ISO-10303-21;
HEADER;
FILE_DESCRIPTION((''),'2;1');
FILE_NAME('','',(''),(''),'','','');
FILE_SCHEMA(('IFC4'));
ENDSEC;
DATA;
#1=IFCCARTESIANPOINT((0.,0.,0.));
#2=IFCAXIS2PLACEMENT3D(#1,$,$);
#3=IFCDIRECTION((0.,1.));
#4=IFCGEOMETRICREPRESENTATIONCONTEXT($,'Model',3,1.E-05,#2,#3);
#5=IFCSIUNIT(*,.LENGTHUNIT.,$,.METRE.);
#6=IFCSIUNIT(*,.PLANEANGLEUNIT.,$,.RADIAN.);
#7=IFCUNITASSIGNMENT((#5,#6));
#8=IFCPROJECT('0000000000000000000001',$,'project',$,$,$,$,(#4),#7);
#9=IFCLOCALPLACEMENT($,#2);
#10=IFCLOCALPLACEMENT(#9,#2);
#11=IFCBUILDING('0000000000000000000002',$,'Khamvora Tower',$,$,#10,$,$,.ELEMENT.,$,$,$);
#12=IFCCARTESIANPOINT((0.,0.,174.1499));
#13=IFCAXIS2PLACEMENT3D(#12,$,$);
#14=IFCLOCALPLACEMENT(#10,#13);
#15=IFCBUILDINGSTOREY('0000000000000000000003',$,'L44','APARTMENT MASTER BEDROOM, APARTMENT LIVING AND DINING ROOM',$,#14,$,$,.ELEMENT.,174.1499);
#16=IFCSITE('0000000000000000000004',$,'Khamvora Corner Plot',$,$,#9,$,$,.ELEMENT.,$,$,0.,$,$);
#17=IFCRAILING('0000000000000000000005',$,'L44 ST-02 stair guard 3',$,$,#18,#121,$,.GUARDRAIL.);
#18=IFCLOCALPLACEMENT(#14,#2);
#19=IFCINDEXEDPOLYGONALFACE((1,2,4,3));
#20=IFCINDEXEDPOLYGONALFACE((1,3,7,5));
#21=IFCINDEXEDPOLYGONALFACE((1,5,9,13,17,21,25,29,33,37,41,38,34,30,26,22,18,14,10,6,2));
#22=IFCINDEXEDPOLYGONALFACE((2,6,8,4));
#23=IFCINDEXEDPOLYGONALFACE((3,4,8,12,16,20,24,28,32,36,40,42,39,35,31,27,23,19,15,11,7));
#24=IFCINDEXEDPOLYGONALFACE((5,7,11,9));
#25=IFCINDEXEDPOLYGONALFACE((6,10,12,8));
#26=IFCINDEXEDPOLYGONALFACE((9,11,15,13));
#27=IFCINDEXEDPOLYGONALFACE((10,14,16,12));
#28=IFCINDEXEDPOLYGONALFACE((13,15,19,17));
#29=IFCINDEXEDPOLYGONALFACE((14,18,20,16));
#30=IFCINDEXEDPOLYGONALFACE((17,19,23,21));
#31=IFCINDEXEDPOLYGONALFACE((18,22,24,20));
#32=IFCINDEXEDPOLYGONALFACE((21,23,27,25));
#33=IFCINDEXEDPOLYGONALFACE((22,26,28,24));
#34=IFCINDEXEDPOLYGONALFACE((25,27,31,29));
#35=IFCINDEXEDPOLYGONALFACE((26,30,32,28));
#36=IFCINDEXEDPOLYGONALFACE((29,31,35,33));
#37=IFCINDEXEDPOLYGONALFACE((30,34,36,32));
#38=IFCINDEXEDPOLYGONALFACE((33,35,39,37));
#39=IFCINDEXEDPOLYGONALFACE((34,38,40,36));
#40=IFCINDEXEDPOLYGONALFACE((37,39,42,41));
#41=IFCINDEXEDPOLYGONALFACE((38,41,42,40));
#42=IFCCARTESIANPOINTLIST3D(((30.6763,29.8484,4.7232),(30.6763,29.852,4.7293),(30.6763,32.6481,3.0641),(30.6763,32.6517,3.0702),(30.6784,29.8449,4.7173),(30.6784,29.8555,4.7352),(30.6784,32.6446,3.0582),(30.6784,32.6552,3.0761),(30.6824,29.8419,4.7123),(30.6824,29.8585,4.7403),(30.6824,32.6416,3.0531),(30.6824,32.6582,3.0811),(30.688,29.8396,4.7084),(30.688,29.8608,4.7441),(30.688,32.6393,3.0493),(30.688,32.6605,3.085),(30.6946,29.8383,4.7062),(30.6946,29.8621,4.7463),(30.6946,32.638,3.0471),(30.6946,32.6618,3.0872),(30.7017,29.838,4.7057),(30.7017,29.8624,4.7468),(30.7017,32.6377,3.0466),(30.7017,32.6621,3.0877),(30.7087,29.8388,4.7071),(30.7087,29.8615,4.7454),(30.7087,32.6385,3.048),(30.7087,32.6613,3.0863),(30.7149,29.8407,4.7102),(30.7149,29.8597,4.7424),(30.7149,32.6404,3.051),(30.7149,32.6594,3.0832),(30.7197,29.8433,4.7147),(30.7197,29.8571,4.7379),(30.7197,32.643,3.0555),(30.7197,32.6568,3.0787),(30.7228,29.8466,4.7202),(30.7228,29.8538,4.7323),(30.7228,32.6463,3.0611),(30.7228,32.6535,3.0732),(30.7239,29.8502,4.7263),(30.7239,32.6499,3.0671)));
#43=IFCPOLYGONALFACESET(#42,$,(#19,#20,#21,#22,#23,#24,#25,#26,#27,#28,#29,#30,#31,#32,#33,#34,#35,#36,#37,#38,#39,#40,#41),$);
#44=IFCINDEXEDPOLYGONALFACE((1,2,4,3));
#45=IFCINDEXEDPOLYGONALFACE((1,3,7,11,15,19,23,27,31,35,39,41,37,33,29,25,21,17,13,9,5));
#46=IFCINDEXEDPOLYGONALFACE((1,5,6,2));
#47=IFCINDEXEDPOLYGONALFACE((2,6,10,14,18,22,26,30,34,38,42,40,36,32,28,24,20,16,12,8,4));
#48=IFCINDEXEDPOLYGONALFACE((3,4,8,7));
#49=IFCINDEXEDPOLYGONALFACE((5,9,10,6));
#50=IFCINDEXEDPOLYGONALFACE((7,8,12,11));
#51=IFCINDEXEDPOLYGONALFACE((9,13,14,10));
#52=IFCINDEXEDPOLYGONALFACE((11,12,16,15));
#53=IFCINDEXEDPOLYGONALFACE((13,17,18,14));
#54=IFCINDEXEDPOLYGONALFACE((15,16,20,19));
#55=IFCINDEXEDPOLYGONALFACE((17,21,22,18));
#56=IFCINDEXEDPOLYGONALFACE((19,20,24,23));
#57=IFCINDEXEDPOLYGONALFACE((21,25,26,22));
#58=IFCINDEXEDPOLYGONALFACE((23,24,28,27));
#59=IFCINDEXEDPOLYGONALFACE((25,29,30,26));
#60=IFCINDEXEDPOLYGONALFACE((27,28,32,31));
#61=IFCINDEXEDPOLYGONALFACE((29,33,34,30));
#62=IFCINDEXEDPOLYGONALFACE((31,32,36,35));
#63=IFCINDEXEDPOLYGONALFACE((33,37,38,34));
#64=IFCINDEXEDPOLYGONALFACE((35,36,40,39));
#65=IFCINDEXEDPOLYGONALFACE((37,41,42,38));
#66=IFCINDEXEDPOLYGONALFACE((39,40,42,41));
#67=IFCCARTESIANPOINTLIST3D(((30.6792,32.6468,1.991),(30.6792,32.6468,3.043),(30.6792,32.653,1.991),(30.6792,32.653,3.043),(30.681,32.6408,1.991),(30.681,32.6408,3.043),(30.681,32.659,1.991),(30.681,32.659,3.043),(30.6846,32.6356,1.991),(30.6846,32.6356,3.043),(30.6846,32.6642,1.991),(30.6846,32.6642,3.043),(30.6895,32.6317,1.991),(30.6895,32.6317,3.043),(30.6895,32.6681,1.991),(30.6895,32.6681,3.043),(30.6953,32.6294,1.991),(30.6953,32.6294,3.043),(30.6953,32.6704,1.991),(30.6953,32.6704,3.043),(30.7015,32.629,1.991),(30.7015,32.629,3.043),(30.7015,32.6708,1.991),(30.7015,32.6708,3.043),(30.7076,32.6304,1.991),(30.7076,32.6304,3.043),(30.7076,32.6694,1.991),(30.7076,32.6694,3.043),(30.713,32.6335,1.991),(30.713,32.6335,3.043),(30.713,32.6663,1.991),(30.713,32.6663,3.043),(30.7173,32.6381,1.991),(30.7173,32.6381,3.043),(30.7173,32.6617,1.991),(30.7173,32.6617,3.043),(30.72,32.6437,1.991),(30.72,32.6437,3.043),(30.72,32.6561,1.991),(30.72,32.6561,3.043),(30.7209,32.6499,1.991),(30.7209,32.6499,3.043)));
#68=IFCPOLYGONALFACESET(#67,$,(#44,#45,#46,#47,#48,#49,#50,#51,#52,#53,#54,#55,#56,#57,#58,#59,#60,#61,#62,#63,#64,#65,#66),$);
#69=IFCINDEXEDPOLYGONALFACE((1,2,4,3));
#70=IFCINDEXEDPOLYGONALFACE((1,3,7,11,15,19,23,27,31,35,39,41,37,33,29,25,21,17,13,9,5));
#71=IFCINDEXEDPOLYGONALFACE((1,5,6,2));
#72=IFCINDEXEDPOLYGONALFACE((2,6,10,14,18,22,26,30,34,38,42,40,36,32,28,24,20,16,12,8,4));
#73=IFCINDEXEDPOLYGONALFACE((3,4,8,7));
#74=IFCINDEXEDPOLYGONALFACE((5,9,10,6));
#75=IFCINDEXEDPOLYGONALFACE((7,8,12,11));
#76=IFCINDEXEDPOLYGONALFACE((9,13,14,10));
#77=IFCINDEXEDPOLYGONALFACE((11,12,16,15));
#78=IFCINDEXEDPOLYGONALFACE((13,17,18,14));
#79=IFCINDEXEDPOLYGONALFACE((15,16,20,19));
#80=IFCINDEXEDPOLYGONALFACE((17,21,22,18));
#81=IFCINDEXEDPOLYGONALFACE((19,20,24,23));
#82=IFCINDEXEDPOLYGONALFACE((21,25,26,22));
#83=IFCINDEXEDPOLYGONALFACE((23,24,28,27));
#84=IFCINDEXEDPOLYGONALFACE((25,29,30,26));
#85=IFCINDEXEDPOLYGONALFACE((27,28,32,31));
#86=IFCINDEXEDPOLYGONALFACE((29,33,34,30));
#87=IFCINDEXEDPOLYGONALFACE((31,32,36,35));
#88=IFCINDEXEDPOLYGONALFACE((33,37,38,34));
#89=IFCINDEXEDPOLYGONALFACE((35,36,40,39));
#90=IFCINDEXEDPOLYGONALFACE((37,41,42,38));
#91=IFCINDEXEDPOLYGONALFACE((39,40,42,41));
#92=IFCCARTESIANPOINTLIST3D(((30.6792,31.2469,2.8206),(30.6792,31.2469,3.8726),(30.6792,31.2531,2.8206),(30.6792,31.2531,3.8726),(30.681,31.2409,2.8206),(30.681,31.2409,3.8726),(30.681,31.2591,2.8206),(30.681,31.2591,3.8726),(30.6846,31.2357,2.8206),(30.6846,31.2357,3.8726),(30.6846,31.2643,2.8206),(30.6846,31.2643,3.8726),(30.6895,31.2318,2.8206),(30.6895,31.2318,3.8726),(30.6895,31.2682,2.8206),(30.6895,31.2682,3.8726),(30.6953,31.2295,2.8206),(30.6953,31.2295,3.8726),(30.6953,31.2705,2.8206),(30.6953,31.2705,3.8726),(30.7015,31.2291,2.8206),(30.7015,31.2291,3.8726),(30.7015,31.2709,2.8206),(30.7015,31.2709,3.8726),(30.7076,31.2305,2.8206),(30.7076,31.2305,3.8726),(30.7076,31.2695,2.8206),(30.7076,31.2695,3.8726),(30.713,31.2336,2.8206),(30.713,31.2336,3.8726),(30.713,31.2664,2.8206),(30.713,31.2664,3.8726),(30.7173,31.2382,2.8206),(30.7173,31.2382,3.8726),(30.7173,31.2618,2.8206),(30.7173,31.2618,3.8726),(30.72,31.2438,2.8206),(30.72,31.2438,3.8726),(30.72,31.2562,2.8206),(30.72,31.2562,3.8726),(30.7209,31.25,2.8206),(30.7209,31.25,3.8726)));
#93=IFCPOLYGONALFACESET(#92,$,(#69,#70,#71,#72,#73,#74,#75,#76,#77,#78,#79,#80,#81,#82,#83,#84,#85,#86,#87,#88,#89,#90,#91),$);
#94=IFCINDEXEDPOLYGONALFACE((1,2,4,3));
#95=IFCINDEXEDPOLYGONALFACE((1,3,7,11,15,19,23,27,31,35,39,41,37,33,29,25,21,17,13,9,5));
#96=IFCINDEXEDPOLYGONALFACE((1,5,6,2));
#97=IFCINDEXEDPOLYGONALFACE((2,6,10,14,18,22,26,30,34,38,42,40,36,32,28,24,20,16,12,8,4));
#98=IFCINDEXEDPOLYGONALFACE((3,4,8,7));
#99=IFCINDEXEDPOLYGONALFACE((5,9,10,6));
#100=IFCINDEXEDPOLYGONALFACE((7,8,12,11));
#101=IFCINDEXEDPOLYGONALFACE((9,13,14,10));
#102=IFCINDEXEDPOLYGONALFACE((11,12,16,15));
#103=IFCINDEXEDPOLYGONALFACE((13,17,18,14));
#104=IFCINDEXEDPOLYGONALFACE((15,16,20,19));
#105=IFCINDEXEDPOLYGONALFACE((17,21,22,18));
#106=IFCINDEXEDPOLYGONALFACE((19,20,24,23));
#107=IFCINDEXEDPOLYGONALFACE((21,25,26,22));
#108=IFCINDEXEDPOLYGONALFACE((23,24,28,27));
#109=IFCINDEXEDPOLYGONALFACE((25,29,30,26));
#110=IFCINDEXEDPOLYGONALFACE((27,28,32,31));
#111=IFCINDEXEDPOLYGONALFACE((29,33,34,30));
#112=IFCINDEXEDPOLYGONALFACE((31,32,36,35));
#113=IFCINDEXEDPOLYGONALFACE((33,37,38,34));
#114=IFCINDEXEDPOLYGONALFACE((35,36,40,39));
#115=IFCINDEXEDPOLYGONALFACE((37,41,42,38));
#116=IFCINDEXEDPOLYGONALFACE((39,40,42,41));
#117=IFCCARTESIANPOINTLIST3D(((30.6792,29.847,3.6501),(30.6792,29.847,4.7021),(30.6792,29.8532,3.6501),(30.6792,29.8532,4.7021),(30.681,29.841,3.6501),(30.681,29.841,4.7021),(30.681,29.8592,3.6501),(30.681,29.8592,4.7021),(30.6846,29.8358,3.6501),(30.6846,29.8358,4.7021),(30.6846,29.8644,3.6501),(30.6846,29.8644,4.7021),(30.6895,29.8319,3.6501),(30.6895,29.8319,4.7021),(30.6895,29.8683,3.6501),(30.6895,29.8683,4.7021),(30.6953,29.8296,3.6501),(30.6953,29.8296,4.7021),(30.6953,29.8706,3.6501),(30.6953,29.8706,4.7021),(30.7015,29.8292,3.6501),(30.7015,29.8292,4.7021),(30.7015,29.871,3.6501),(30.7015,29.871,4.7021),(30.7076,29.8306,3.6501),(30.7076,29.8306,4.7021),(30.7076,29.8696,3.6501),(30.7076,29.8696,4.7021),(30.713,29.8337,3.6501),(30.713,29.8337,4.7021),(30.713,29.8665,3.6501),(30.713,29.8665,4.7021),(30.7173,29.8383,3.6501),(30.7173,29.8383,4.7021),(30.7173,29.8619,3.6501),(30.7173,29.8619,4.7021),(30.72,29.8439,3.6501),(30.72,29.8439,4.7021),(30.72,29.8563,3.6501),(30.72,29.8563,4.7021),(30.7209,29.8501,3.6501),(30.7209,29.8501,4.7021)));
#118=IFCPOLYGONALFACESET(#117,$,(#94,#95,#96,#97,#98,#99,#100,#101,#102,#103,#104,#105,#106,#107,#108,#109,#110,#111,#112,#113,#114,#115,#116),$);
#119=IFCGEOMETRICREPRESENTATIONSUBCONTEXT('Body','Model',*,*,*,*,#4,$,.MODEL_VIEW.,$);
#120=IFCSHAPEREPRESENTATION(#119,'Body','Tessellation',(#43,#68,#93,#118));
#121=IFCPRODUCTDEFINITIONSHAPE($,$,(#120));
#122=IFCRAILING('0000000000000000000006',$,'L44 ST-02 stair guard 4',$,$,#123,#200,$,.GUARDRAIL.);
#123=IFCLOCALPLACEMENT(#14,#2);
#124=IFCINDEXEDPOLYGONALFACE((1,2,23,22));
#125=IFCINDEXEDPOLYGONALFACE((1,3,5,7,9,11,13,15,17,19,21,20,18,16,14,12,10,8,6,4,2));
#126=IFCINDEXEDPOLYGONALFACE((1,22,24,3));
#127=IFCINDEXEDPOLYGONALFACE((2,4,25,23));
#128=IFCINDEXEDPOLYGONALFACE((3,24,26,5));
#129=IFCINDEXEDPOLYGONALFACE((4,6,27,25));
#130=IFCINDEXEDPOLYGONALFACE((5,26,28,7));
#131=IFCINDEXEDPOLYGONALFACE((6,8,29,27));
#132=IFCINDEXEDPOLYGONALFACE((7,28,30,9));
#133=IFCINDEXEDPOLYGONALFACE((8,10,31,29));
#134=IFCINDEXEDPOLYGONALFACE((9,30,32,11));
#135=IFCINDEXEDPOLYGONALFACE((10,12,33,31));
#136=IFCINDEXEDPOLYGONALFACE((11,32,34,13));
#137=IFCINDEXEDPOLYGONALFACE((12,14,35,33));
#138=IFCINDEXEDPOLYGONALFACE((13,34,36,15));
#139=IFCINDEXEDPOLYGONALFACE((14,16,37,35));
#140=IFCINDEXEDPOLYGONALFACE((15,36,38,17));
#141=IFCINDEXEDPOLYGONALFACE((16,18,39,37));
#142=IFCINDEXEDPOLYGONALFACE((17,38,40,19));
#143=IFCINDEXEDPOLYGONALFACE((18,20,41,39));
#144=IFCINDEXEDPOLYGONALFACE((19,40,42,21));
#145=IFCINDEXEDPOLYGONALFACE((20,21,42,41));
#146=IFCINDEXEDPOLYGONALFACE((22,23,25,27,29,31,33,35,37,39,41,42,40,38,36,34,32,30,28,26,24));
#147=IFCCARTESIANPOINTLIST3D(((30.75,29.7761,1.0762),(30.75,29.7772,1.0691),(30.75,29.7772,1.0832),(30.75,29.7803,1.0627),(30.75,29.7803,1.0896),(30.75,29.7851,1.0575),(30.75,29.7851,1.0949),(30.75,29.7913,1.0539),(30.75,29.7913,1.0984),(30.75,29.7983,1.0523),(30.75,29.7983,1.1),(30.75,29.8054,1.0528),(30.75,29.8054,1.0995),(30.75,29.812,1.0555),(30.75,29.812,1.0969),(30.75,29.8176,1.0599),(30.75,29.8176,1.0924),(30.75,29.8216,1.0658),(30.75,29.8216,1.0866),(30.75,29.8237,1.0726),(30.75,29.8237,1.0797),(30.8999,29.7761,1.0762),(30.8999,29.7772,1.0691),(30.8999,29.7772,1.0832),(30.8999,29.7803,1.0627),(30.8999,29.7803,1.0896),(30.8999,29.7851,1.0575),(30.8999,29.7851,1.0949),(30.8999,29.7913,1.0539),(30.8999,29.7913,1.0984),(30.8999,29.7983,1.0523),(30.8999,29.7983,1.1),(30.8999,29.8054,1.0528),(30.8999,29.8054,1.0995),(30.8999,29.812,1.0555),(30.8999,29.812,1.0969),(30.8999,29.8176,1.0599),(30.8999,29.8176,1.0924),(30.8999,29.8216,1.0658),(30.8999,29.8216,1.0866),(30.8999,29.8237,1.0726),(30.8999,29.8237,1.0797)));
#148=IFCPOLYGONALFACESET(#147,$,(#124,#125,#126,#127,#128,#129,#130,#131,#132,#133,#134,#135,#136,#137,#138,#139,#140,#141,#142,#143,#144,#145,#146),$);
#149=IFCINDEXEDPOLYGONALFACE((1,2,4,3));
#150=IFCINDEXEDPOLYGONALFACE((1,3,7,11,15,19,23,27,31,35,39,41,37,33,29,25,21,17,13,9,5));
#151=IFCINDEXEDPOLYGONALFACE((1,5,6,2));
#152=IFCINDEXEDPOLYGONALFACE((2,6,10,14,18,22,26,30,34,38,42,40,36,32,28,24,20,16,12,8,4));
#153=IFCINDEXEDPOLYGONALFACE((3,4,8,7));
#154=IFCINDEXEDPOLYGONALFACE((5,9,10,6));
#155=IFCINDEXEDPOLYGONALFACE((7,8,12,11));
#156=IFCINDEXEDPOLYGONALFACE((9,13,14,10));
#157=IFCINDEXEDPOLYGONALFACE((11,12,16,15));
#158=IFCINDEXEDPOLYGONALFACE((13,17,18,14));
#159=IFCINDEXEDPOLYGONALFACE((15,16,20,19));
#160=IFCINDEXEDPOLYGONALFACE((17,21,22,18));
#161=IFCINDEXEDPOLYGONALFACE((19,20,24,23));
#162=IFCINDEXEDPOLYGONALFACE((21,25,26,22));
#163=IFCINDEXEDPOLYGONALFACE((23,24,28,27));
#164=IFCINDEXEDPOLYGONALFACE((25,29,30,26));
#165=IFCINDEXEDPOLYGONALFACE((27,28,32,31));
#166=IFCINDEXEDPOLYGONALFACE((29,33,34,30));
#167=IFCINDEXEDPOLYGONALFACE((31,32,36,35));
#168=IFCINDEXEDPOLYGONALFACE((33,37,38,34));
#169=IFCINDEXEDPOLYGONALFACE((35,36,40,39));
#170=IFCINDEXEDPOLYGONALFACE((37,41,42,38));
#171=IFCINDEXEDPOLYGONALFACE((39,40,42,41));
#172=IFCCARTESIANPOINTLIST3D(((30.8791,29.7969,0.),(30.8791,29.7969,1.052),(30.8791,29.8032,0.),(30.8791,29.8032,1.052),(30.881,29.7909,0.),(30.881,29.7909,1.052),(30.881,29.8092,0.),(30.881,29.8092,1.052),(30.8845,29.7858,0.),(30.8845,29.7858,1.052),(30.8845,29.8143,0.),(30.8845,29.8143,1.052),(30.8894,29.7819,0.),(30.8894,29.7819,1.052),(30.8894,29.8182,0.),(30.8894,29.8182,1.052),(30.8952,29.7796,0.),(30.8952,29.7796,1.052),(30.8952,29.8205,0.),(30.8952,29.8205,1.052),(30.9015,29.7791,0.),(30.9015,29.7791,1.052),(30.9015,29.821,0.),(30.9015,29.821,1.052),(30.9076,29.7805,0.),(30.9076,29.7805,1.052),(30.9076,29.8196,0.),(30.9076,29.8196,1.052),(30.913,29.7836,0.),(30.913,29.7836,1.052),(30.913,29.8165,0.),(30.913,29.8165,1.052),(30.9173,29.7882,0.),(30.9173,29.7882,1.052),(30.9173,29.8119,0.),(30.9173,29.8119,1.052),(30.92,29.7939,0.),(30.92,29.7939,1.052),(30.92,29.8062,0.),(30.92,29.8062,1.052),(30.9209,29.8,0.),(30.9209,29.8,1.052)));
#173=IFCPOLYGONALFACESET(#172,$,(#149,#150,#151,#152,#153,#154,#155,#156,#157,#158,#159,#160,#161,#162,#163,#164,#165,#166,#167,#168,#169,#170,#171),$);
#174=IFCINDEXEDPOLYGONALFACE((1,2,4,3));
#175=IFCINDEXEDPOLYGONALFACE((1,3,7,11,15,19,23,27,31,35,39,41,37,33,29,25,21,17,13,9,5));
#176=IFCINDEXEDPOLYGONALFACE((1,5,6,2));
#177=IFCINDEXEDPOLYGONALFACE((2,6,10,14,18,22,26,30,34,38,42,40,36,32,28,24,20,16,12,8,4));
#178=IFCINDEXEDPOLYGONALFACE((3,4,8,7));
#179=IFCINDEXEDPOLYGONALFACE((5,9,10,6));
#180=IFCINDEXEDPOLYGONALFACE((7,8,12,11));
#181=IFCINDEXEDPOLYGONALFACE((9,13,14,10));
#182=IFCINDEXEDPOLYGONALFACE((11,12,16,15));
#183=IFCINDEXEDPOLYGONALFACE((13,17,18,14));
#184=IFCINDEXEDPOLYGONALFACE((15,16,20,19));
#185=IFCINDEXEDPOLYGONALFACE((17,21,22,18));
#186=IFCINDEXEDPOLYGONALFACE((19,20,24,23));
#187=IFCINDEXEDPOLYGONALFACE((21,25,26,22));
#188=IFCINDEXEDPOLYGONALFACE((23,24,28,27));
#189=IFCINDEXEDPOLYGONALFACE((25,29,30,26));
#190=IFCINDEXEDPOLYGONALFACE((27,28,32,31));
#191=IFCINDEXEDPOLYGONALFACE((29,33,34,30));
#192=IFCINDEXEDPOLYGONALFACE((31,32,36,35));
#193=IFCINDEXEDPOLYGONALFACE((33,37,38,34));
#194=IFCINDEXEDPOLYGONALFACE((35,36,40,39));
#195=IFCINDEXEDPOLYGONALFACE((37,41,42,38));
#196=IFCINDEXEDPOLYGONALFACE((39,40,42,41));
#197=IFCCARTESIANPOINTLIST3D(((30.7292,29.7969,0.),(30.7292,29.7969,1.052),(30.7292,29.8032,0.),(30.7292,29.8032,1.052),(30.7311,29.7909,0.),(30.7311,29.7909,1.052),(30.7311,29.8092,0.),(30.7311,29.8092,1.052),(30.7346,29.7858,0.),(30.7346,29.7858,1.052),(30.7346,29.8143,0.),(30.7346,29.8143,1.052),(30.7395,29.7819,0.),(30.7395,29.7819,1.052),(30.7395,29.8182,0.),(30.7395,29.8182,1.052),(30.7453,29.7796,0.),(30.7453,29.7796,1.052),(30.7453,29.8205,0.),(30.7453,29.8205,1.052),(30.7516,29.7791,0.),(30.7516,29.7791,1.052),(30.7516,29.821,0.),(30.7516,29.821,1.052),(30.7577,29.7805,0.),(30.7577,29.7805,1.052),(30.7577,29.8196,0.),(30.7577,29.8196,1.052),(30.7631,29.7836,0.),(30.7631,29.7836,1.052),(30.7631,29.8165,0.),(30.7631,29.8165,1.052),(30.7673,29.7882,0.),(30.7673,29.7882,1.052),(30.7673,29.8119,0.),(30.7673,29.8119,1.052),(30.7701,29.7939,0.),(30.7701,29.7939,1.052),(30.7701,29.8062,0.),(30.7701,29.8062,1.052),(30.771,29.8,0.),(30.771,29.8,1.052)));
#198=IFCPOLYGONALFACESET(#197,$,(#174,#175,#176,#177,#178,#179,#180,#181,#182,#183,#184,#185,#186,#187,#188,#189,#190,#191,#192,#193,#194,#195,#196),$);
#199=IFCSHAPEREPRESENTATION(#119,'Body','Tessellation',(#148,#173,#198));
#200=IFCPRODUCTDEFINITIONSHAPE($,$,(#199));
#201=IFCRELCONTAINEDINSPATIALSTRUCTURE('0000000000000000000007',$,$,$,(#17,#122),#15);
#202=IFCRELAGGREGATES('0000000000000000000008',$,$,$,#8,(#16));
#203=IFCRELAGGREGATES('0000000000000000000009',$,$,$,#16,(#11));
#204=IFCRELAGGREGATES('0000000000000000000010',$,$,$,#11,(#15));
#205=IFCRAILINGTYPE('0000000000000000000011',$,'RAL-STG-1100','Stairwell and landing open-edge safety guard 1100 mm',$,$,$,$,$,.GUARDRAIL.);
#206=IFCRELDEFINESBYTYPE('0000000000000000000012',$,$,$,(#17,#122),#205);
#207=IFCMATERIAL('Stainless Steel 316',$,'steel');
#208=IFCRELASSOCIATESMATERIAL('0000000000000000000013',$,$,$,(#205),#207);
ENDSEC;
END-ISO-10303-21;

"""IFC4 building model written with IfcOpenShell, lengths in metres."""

from ifc_helpers import new_model, si_unit, direction, frame, origin, origin_2d, place, context, subcontext, project, spatial, circle, extrude, material, type_object, element, save


model = new_model("IFC4")

# Units and contexts
model_context = context("Model", 3, precision=1e-05, world=origin(), true_north=direction((0.0, 1.0)))
body_context = subcontext(model_context, "Body", "Model", "MODEL_VIEW")
ifc_project = project(units=[si_unit("LENGTHUNIT", "METRE"), si_unit("PLANEANGLEUNIT", "RADIAN")], contexts=[model_context])

# Site, building, storey
site_placement = place(None, origin())
site = spatial("IfcSite", under=ifc_project, at=site_placement, Name="Khamvora Corner Plot", CompositionType="ELEMENT", RefElevation=0.0)
building_placement = place(site_placement, origin())
building = spatial("IfcBuilding", under=site, at=building_placement, Name="Khamvora Tower", CompositionType="ELEMENT")
storey_placement = place(building_placement, frame((0.0, 0.0, 174.1499)))
storey = spatial("IfcBuildingStorey", under=building, at=storey_placement, Name="L44", Description="APARTMENT MASTER BEDROOM, APARTMENT LIVING AND DINING ROOM", CompositionType="ELEMENT", Elevation=174.1499)

# Railings
ifc_material_1 = material(Name="Stainless Steel 316", Category="steel")
railing_type_1 = type_object("IfcRailingType", Name="RAL-STG-1100", Description="Stairwell and landing open-edge safety guard 1100 mm", PredefinedType="GUARDRAIL", material=ifc_material_1)
railing_1_placement = place(storey_placement, frame((30.7, 32.6499, 1.991)))
element("IfcRailing", 1, at=railing_1_placement, inside=storey, type_object=railing_type_1, Name="L44 ST-02 stair guard 3", PredefinedType="GUARDRAIL", context=body_context, shape_type="SweptSolid", body=[
    extrude(circle(Radius=0.0239, at=origin_2d()), frame((0.0, 0.0, 1.0762), z_axis=(0.0, -0.860287, 0.509811), x_axis=(1.0, 0.0, 0.0)), (0.0, 0.0, 1.0), 3.2544),
    extrude(circle(Radius=0.021, at=origin_2d()), origin(), (0.0, 0.0, 1.0), 1.052),
    extrude(circle(Radius=0.021, at=origin_2d()), frame((0.0, -1.3999, 0.8296)), (0.0, 0.0, 1.0), 1.052),
    extrude(circle(Radius=0.021, at=origin_2d()), frame((0.0, -2.7998, 1.6592)), (0.0, 0.0, 1.0), 1.052),
])
railing_2_placement = place(storey_placement, frame((30.8999, 29.8, 0.0)))
element("IfcRailing", 2, at=railing_2_placement, inside=storey, type_object=railing_type_1, Name="L44 ST-02 stair guard 4", PredefinedType="GUARDRAIL", context=body_context, shape_type="SweptSolid", body=[
    extrude(circle(Radius=0.0239, at=origin_2d()), frame((0.0, 0.0, 1.0762), z_axis=(-1.0, 0.0, 0.0), x_axis=(0.0, -1.0, 0.0)), (0.0, 0.0, 1.0), 0.1499),
    extrude(circle(Radius=0.021, at=origin_2d()), origin(), (0.0, 0.0, 1.0), 1.052),
    extrude(circle(Radius=0.021, at=origin_2d()), frame((-0.1499, 0.0, 0.0)), (0.0, 0.0, 1.0), 1.052),
])

save(model, "model.ifc")
